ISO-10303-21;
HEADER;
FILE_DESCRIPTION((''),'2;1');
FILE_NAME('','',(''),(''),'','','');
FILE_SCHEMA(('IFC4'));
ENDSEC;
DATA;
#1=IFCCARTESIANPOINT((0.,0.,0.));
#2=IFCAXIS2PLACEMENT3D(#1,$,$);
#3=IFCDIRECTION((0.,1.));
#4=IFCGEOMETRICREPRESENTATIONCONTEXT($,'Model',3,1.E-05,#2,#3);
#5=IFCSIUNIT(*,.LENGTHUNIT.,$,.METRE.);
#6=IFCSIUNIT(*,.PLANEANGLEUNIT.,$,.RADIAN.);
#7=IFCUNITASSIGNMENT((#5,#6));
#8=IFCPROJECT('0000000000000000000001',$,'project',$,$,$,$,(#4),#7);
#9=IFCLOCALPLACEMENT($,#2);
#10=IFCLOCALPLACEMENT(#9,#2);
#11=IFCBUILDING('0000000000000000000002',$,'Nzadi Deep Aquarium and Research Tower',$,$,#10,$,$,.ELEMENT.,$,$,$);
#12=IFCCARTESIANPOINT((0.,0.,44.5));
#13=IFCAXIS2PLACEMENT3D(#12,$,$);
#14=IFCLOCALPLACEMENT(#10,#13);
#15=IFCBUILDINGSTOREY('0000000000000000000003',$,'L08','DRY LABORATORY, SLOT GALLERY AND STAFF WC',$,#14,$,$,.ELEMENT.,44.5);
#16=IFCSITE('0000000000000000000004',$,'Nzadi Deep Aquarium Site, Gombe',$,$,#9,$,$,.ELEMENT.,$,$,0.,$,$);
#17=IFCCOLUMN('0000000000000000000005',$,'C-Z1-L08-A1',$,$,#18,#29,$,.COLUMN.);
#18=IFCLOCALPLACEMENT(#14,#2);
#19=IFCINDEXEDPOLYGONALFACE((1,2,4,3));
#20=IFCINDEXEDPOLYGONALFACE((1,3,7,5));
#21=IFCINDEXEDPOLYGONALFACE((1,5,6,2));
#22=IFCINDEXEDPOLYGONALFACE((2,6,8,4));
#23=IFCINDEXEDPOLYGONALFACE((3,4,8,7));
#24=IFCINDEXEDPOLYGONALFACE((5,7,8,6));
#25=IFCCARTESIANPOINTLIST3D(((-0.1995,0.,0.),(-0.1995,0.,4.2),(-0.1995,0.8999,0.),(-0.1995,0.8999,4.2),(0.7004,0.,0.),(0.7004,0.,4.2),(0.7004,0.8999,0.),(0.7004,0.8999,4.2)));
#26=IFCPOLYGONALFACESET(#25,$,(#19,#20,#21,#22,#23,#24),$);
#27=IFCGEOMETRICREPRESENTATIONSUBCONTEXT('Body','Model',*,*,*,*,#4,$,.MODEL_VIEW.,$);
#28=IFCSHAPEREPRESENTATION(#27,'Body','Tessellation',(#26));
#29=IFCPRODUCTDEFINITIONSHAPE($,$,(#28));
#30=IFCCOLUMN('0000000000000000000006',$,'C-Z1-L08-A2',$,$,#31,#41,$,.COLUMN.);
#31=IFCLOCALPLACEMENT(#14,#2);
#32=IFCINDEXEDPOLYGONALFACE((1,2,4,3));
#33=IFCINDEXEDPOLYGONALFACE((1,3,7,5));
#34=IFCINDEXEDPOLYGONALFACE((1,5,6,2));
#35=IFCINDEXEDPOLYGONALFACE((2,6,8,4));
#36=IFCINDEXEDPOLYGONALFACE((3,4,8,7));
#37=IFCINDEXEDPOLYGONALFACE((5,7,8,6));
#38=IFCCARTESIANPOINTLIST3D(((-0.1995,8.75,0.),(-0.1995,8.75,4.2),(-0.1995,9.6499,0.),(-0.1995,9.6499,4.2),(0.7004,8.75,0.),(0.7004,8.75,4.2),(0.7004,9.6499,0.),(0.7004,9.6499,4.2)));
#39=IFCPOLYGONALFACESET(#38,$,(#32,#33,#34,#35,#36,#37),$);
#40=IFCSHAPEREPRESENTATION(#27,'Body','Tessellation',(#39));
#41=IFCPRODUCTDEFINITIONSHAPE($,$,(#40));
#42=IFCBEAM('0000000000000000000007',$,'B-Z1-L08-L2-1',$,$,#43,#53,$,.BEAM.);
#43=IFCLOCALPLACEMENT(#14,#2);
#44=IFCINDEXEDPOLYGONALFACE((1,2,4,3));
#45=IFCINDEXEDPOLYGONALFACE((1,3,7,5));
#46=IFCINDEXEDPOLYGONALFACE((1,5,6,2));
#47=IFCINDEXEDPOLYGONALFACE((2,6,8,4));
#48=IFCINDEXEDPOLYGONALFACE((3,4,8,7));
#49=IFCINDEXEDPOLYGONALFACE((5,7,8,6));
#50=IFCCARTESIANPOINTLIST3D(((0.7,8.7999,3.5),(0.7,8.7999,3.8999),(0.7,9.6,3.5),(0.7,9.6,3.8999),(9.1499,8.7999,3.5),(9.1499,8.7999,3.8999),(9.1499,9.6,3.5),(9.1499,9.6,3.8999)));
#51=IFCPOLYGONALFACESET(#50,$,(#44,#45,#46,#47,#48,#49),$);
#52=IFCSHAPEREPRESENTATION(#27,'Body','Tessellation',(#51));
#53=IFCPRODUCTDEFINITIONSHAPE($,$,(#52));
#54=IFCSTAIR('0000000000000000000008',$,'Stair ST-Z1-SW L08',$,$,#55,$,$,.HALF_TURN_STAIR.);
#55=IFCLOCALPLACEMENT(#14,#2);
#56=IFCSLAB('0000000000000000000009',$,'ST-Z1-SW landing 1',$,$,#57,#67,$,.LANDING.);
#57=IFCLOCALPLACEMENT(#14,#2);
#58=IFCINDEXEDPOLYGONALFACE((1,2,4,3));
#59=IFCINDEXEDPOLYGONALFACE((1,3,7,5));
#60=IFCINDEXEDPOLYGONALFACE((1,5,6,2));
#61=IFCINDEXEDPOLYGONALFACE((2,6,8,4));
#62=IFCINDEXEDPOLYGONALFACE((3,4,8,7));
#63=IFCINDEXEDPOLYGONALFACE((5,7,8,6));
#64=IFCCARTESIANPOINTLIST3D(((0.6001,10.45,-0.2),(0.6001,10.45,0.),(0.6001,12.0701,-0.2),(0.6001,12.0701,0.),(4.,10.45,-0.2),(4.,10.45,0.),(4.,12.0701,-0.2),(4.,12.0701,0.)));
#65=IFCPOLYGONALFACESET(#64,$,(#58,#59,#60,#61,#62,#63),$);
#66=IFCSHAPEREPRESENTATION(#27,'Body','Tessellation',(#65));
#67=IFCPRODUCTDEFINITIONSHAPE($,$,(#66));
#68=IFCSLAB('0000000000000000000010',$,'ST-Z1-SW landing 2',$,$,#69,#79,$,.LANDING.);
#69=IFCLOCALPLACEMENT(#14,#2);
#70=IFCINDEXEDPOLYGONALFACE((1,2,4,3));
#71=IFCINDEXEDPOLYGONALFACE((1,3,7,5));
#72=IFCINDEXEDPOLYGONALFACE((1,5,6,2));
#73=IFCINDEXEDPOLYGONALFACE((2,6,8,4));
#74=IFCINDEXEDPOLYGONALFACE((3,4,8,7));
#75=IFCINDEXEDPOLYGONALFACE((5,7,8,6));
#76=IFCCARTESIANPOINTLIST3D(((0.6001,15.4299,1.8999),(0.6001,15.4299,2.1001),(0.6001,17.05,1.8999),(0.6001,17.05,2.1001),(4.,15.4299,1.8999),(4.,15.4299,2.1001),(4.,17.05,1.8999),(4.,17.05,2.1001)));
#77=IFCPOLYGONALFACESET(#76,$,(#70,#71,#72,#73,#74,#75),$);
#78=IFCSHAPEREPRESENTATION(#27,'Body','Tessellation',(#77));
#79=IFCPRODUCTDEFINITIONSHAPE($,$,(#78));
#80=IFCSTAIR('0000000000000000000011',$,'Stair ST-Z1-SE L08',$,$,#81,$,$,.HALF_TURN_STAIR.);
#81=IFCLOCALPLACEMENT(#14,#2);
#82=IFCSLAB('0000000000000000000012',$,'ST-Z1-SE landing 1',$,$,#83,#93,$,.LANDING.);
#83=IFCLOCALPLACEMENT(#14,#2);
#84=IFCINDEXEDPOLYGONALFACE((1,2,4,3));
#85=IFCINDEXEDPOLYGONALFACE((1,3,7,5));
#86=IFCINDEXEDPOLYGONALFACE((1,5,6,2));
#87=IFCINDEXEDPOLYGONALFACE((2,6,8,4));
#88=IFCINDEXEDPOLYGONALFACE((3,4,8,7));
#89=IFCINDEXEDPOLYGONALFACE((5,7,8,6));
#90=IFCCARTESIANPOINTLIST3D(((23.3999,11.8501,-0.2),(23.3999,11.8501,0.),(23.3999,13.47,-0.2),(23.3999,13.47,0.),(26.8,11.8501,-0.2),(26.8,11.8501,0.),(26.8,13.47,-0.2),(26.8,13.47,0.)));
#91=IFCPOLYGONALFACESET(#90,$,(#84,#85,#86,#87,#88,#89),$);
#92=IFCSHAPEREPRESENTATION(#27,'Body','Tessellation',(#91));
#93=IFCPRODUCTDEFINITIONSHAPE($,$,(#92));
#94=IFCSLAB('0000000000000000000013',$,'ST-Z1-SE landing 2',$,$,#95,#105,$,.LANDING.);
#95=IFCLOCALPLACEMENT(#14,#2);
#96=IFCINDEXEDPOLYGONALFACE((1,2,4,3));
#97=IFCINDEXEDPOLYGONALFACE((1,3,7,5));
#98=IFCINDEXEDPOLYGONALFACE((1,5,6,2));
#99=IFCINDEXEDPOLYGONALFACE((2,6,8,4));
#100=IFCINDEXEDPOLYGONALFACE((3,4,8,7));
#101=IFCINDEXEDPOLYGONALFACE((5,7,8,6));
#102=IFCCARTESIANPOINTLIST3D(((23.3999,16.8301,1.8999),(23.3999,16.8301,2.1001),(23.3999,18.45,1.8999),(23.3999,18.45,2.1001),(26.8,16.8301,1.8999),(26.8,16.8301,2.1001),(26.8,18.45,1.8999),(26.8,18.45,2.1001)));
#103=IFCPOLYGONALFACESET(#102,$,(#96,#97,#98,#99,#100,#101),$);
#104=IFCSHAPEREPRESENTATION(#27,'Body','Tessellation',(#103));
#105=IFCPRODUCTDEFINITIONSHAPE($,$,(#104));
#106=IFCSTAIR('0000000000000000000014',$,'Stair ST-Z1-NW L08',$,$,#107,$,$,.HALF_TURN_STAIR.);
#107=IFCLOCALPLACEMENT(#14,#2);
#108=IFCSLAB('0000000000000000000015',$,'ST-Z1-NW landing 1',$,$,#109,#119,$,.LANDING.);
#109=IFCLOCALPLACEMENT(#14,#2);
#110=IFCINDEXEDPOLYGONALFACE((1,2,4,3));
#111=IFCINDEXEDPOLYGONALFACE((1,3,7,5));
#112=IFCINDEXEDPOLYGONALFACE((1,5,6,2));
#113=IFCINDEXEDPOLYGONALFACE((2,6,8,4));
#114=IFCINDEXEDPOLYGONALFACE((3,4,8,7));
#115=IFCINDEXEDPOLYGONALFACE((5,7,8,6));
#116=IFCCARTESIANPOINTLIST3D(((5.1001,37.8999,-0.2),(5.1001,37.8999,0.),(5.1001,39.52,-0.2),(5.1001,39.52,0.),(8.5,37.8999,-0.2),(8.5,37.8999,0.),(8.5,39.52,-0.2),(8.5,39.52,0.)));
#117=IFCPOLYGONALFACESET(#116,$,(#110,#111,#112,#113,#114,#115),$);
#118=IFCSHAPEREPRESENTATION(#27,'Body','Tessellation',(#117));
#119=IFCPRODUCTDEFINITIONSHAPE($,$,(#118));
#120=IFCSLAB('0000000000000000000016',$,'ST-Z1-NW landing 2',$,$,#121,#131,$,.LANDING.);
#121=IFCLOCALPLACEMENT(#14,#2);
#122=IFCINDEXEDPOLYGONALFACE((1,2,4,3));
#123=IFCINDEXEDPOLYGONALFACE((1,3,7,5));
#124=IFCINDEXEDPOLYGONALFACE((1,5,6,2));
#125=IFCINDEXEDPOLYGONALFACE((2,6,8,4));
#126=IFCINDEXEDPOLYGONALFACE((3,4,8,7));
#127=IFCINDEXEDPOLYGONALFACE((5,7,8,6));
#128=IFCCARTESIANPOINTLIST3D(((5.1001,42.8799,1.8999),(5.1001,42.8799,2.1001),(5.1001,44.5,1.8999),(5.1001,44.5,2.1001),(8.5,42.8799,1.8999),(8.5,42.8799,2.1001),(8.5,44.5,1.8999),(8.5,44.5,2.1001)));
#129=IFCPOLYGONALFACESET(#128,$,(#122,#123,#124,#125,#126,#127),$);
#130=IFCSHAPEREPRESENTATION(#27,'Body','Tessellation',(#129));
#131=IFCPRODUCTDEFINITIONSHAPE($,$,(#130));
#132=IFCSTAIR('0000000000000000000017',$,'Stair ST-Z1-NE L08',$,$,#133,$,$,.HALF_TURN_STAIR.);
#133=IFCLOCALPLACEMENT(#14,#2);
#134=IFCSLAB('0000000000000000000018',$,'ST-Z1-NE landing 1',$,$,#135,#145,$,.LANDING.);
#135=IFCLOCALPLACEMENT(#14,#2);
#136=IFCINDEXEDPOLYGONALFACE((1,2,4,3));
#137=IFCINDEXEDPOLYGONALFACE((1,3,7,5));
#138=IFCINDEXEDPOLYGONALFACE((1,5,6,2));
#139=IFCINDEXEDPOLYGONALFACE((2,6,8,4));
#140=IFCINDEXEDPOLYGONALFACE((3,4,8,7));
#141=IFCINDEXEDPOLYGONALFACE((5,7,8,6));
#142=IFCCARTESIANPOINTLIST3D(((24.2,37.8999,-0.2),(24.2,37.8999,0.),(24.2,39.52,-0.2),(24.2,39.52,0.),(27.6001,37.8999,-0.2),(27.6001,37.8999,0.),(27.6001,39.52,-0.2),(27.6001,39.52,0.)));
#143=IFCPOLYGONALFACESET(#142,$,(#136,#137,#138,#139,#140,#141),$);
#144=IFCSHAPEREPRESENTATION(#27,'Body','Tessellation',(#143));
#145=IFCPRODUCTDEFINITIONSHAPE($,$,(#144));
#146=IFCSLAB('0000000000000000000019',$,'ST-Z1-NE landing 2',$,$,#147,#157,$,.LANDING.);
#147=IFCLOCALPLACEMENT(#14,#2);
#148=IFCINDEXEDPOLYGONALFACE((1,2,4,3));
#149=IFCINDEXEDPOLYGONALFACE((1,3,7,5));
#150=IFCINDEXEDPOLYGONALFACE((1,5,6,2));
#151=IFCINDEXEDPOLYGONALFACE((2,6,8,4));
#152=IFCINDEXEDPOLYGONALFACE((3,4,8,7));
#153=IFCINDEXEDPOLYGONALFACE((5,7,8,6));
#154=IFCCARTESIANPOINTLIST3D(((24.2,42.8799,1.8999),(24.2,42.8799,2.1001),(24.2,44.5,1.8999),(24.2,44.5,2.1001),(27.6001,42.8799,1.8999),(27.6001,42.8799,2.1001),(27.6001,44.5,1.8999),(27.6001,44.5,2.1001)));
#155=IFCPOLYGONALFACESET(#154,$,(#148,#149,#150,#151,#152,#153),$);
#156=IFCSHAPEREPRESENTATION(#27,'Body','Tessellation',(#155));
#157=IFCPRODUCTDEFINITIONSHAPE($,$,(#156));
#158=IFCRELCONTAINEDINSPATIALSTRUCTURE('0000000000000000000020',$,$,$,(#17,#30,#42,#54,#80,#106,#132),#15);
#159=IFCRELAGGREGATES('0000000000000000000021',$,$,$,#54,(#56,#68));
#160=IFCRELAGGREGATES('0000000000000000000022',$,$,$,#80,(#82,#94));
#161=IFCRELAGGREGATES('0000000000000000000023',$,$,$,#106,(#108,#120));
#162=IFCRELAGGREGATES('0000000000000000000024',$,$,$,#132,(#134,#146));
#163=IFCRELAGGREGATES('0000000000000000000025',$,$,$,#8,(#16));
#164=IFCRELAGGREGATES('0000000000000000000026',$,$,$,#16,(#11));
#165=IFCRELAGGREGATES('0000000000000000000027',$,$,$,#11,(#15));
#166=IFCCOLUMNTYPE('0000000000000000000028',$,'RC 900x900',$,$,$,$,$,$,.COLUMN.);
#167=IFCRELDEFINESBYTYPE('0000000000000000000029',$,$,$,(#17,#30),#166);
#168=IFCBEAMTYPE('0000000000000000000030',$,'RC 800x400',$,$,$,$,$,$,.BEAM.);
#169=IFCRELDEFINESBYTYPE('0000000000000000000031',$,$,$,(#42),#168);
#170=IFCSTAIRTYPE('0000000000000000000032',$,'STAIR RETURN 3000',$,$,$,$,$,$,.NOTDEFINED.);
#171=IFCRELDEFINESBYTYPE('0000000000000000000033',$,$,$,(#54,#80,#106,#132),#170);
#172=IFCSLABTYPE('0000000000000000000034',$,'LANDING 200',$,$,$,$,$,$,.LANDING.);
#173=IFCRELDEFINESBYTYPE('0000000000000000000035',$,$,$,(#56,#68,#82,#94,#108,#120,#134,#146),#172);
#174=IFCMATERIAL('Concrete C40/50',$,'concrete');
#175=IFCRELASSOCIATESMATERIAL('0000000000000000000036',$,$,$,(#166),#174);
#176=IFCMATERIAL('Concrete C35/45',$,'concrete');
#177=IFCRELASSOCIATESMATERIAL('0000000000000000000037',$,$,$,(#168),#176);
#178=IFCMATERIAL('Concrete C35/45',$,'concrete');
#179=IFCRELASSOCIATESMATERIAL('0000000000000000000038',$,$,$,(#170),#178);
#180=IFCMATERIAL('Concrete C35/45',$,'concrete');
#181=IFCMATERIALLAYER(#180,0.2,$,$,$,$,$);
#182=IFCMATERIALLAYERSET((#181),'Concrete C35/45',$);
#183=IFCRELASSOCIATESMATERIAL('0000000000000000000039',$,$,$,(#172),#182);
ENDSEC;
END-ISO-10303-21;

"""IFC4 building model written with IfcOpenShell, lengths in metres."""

from ifc_helpers import new_model, si_unit, direction, frame, origin, origin_2d, place, context, subcontext, project, spatial, polyline, rectangle, outline, extrude, material, layer, layer_set, material_profile, profile_set, type_object, element, aggregate, save


model = new_model("IFC4")

# Units and contexts
model_context = context("Model", 3, precision=1e-05, world=origin(), true_north=direction((0.0, 1.0)))
body_context = subcontext(model_context, "Body", "Model", "MODEL_VIEW")
ifc_project = project(units=[si_unit("LENGTHUNIT", "METRE"), si_unit("PLANEANGLEUNIT", "RADIAN")], contexts=[model_context])

# Site, building, storey
site_placement = place(None, origin())
site = spatial("IfcSite", under=ifc_project, at=site_placement, Name="Nzadi Deep Aquarium Site, Gombe", CompositionType="ELEMENT", RefElevation=0.0)
building_placement = place(site_placement, origin())
building = spatial("IfcBuilding", under=site, at=building_placement, Name="Nzadi Deep Aquarium and Research Tower", CompositionType="ELEMENT")
storey_placement = place(building_placement, frame((0.0, 0.0, 44.5)))
storey = spatial("IfcBuildingStorey", under=building, at=storey_placement, Name="L08", Description="DRY LABORATORY, SLOT GALLERY AND STAFF WC", CompositionType="ELEMENT", Elevation=44.5)

# Columns
ifc_material_1 = material(Name="Concrete C40/50", Category="concrete")
ifc_material_profile_1 = material_profile(ifc_material_1, rectangle(XDim=0.8999, YDim=0.8999, at=origin_2d()))
ifc_profile_set_1 = profile_set([ifc_material_profile_1], Name="Concrete C40/50")
column_type = type_object("IfcColumnType", Name="RC 900x900", PredefinedType="COLUMN", material=ifc_profile_set_1)
for number, where, z_axis, x_axis, name in (
    (1, (0.2505, 0.45, 0.0), (0.0, 0.0, 1.0), (1.0, 0.0, 0.0), "C-Z1-L08-A1"),
    (2, (0.2505, 9.2, 0.0), (0.0, 0.0, 1.0), (1.0, 0.0, 0.0), "C-Z1-L08-A2"),
):
    element("IfcColumn", number, at=place(storey_placement, frame(where, z_axis=z_axis, x_axis=x_axis)), inside=storey, type_object=column_type, Name=name, PredefinedType="COLUMN", context=body_context, shape_type="SweptSolid", body=[
        extrude(rectangle(XDim=0.8999, YDim=0.8999, at=origin_2d()), origin(), (0.0, 0.0, 1.0), 4.2),
    ])

# Beam
ifc_material_2 = material(Name="Concrete C35/45", Category="concrete")
ifc_material_profile_2 = material_profile(ifc_material_2, rectangle(XDim=0.8, YDim=0.3999, at=origin_2d()))
ifc_profile_set_2 = profile_set([ifc_material_profile_2], Name="Concrete C35/45")
beam_type = type_object("IfcBeamType", Name="RC 800x400", PredefinedType="BEAM", material=ifc_profile_set_2)
beam_placement = place(storey_placement, frame((0.7, 9.2, 3.7), z_axis=(1.0, 0.0, 0.0), x_axis=(0.0, 1.0, 0.0)))
element("IfcBeam", 3, at=beam_placement, inside=storey, type_object=beam_type, Name="B-Z1-L08-L2-1", PredefinedType="BEAM", context=body_context, shape_type="SweptSolid", body=[
    extrude(rectangle(XDim=0.8, YDim=0.3999, at=origin_2d()), origin(), (0.0, 0.0, 1.0), 8.45),
])

# Stairs, slabs
ifc_material_3 = material(Name="Concrete C35/45", Category="concrete")
stair_type = type_object("IfcStairType", Name="STAIR RETURN 3000", PredefinedType="NOTDEFINED", material=ifc_material_3)
stair_1_placement = place(storey_placement, origin())
stair_1 = element("IfcStair", 4, at=stair_1_placement, inside=storey, type_object=stair_type, Name="Stair ST-Z1-SW L08", PredefinedType="HALF_TURN_STAIR")
ifc_material_4 = material(Name="Concrete C35/45", Category="concrete")
ifc_layer_1 = layer(ifc_material_4, 0.2)
ifc_layer_set_1 = layer_set([ifc_layer_1], Name="Concrete C35/45")
slab_type = type_object("IfcSlabType", Name="LANDING 200", PredefinedType="LANDING", material=ifc_layer_set_1)
slab_1_placement = place(storey_placement, frame((0.0, 0.0, -0.2)))
slab_1 = element("IfcSlab", 5, at=slab_1_placement, type_object=slab_type, Name="ST-Z1-SW landing 1", PredefinedType="LANDING", context=body_context, shape_type="SweptSolid", body=[
    extrude(outline(polyline([(0.6001, 10.45), (4.0, 10.45), (4.0, 12.0701), (0.6001, 12.0701), (0.6001, 10.45)])), origin(), (0.0, 0.0, 1.0), 0.2),
])
slab_2_placement = place(storey_placement, frame((0.0, 0.0, 1.8999)))
slab_2 = element("IfcSlab", 6, at=slab_2_placement, type_object=slab_type, Name="ST-Z1-SW landing 2", PredefinedType="LANDING", context=body_context, shape_type="SweptSolid", body=[
    extrude(outline(polyline([(0.6001, 15.4299), (4.0, 15.4299), (4.0, 17.05), (0.6001, 17.05), (0.6001, 15.4299)])), origin(), (0.0, 0.0, 1.0), 0.2002),
])
aggregate(stair_1, [slab_1, slab_2])
stair_2_placement = place(storey_placement, origin())
stair_2 = element("IfcStair", 7, at=stair_2_placement, inside=storey, type_object=stair_type, Name="Stair ST-Z1-SE L08", PredefinedType="HALF_TURN_STAIR")
slab_3_placement = place(storey_placement, frame((0.0, 0.0, -0.2)))
slab_3 = element("IfcSlab", 8, at=slab_3_placement, type_object=slab_type, Name="ST-Z1-SE landing 1", PredefinedType="LANDING", context=body_context, shape_type="SweptSolid", body=[
    extrude(outline(polyline([(23.3999, 11.8501), (26.8, 11.8501), (26.8, 13.47), (23.3999, 13.47), (23.3999, 11.8501)])), origin(), (0.0, 0.0, 1.0), 0.2),
])
slab_4_placement = place(storey_placement, frame((0.0, 0.0, 1.8999)))
slab_4 = element("IfcSlab", 9, at=slab_4_placement, type_object=slab_type, Name="ST-Z1-SE landing 2", PredefinedType="LANDING", context=body_context, shape_type="SweptSolid", body=[
    extrude(outline(polyline([(23.3999, 16.8301), (26.8, 16.8301), (26.8, 18.45), (23.3999, 18.45), (23.3999, 16.8301)])), origin(), (0.0, 0.0, 1.0), 0.2002),
])
aggregate(stair_2, [slab_3, slab_4])
stair_3_placement = place(storey_placement, origin())
stair_3 = element("IfcStair", 10, at=stair_3_placement, inside=storey, type_object=stair_type, Name="Stair ST-Z1-NW L08", PredefinedType="HALF_TURN_STAIR")
slab_5_placement = place(storey_placement, frame((0.0, 0.0, -0.2)))
slab_5 = element("IfcSlab", 11, at=slab_5_placement, type_object=slab_type, Name="ST-Z1-NW landing 1", PredefinedType="LANDING", context=body_context, shape_type="SweptSolid", body=[
    extrude(outline(polyline([(5.1001, 37.8999), (8.5, 37.8999), (8.5, 39.52), (5.1001, 39.52), (5.1001, 37.8999)])), origin(), (0.0, 0.0, 1.0), 0.2),
])
slab_6_placement = place(storey_placement, frame((0.0, 0.0, 1.8999)))
slab_6 = element("IfcSlab", 12, at=slab_6_placement, type_object=slab_type, Name="ST-Z1-NW landing 2", PredefinedType="LANDING", context=body_context, shape_type="SweptSolid", body=[
    extrude(outline(polyline([(5.1001, 42.8799), (8.5, 42.8799), (8.5, 44.5), (5.1001, 44.5), (5.1001, 42.8799)])), origin(), (0.0, 0.0, 1.0), 0.2002),
])
aggregate(stair_3, [slab_5, slab_6])
stair_4_placement = place(storey_placement, origin())
stair_4 = element("IfcStair", 13, at=stair_4_placement, inside=storey, type_object=stair_type, Name="Stair ST-Z1-NE L08", PredefinedType="HALF_TURN_STAIR")
slab_7_placement = place(storey_placement, frame((0.0, 0.0, -0.2)))
slab_7 = element("IfcSlab", 14, at=slab_7_placement, type_object=slab_type, Name="ST-Z1-NE landing 1", PredefinedType="LANDING", context=body_context, shape_type="SweptSolid", body=[
    extrude(outline(polyline([(24.2, 37.8999), (27.6001, 37.8999), (27.6001, 39.52), (24.2, 39.52), (24.2, 37.8999)])), origin(), (0.0, 0.0, 1.0), 0.2),
])
slab_8_placement = place(storey_placement, frame((0.0, 0.0, 1.8999)))
slab_8 = element("IfcSlab", 15, at=slab_8_placement, type_object=slab_type, Name="ST-Z1-NE landing 2", PredefinedType="LANDING", context=body_context, shape_type="SweptSolid", body=[
    extrude(outline(polyline([(24.2, 42.8799), (27.6001, 42.8799), (27.6001, 44.5), (24.2, 44.5), (24.2, 42.8799)])), origin(), (0.0, 0.0, 1.0), 0.2002),
])
aggregate(stair_4, [slab_7, slab_8])

save(model, "model.ifc")
